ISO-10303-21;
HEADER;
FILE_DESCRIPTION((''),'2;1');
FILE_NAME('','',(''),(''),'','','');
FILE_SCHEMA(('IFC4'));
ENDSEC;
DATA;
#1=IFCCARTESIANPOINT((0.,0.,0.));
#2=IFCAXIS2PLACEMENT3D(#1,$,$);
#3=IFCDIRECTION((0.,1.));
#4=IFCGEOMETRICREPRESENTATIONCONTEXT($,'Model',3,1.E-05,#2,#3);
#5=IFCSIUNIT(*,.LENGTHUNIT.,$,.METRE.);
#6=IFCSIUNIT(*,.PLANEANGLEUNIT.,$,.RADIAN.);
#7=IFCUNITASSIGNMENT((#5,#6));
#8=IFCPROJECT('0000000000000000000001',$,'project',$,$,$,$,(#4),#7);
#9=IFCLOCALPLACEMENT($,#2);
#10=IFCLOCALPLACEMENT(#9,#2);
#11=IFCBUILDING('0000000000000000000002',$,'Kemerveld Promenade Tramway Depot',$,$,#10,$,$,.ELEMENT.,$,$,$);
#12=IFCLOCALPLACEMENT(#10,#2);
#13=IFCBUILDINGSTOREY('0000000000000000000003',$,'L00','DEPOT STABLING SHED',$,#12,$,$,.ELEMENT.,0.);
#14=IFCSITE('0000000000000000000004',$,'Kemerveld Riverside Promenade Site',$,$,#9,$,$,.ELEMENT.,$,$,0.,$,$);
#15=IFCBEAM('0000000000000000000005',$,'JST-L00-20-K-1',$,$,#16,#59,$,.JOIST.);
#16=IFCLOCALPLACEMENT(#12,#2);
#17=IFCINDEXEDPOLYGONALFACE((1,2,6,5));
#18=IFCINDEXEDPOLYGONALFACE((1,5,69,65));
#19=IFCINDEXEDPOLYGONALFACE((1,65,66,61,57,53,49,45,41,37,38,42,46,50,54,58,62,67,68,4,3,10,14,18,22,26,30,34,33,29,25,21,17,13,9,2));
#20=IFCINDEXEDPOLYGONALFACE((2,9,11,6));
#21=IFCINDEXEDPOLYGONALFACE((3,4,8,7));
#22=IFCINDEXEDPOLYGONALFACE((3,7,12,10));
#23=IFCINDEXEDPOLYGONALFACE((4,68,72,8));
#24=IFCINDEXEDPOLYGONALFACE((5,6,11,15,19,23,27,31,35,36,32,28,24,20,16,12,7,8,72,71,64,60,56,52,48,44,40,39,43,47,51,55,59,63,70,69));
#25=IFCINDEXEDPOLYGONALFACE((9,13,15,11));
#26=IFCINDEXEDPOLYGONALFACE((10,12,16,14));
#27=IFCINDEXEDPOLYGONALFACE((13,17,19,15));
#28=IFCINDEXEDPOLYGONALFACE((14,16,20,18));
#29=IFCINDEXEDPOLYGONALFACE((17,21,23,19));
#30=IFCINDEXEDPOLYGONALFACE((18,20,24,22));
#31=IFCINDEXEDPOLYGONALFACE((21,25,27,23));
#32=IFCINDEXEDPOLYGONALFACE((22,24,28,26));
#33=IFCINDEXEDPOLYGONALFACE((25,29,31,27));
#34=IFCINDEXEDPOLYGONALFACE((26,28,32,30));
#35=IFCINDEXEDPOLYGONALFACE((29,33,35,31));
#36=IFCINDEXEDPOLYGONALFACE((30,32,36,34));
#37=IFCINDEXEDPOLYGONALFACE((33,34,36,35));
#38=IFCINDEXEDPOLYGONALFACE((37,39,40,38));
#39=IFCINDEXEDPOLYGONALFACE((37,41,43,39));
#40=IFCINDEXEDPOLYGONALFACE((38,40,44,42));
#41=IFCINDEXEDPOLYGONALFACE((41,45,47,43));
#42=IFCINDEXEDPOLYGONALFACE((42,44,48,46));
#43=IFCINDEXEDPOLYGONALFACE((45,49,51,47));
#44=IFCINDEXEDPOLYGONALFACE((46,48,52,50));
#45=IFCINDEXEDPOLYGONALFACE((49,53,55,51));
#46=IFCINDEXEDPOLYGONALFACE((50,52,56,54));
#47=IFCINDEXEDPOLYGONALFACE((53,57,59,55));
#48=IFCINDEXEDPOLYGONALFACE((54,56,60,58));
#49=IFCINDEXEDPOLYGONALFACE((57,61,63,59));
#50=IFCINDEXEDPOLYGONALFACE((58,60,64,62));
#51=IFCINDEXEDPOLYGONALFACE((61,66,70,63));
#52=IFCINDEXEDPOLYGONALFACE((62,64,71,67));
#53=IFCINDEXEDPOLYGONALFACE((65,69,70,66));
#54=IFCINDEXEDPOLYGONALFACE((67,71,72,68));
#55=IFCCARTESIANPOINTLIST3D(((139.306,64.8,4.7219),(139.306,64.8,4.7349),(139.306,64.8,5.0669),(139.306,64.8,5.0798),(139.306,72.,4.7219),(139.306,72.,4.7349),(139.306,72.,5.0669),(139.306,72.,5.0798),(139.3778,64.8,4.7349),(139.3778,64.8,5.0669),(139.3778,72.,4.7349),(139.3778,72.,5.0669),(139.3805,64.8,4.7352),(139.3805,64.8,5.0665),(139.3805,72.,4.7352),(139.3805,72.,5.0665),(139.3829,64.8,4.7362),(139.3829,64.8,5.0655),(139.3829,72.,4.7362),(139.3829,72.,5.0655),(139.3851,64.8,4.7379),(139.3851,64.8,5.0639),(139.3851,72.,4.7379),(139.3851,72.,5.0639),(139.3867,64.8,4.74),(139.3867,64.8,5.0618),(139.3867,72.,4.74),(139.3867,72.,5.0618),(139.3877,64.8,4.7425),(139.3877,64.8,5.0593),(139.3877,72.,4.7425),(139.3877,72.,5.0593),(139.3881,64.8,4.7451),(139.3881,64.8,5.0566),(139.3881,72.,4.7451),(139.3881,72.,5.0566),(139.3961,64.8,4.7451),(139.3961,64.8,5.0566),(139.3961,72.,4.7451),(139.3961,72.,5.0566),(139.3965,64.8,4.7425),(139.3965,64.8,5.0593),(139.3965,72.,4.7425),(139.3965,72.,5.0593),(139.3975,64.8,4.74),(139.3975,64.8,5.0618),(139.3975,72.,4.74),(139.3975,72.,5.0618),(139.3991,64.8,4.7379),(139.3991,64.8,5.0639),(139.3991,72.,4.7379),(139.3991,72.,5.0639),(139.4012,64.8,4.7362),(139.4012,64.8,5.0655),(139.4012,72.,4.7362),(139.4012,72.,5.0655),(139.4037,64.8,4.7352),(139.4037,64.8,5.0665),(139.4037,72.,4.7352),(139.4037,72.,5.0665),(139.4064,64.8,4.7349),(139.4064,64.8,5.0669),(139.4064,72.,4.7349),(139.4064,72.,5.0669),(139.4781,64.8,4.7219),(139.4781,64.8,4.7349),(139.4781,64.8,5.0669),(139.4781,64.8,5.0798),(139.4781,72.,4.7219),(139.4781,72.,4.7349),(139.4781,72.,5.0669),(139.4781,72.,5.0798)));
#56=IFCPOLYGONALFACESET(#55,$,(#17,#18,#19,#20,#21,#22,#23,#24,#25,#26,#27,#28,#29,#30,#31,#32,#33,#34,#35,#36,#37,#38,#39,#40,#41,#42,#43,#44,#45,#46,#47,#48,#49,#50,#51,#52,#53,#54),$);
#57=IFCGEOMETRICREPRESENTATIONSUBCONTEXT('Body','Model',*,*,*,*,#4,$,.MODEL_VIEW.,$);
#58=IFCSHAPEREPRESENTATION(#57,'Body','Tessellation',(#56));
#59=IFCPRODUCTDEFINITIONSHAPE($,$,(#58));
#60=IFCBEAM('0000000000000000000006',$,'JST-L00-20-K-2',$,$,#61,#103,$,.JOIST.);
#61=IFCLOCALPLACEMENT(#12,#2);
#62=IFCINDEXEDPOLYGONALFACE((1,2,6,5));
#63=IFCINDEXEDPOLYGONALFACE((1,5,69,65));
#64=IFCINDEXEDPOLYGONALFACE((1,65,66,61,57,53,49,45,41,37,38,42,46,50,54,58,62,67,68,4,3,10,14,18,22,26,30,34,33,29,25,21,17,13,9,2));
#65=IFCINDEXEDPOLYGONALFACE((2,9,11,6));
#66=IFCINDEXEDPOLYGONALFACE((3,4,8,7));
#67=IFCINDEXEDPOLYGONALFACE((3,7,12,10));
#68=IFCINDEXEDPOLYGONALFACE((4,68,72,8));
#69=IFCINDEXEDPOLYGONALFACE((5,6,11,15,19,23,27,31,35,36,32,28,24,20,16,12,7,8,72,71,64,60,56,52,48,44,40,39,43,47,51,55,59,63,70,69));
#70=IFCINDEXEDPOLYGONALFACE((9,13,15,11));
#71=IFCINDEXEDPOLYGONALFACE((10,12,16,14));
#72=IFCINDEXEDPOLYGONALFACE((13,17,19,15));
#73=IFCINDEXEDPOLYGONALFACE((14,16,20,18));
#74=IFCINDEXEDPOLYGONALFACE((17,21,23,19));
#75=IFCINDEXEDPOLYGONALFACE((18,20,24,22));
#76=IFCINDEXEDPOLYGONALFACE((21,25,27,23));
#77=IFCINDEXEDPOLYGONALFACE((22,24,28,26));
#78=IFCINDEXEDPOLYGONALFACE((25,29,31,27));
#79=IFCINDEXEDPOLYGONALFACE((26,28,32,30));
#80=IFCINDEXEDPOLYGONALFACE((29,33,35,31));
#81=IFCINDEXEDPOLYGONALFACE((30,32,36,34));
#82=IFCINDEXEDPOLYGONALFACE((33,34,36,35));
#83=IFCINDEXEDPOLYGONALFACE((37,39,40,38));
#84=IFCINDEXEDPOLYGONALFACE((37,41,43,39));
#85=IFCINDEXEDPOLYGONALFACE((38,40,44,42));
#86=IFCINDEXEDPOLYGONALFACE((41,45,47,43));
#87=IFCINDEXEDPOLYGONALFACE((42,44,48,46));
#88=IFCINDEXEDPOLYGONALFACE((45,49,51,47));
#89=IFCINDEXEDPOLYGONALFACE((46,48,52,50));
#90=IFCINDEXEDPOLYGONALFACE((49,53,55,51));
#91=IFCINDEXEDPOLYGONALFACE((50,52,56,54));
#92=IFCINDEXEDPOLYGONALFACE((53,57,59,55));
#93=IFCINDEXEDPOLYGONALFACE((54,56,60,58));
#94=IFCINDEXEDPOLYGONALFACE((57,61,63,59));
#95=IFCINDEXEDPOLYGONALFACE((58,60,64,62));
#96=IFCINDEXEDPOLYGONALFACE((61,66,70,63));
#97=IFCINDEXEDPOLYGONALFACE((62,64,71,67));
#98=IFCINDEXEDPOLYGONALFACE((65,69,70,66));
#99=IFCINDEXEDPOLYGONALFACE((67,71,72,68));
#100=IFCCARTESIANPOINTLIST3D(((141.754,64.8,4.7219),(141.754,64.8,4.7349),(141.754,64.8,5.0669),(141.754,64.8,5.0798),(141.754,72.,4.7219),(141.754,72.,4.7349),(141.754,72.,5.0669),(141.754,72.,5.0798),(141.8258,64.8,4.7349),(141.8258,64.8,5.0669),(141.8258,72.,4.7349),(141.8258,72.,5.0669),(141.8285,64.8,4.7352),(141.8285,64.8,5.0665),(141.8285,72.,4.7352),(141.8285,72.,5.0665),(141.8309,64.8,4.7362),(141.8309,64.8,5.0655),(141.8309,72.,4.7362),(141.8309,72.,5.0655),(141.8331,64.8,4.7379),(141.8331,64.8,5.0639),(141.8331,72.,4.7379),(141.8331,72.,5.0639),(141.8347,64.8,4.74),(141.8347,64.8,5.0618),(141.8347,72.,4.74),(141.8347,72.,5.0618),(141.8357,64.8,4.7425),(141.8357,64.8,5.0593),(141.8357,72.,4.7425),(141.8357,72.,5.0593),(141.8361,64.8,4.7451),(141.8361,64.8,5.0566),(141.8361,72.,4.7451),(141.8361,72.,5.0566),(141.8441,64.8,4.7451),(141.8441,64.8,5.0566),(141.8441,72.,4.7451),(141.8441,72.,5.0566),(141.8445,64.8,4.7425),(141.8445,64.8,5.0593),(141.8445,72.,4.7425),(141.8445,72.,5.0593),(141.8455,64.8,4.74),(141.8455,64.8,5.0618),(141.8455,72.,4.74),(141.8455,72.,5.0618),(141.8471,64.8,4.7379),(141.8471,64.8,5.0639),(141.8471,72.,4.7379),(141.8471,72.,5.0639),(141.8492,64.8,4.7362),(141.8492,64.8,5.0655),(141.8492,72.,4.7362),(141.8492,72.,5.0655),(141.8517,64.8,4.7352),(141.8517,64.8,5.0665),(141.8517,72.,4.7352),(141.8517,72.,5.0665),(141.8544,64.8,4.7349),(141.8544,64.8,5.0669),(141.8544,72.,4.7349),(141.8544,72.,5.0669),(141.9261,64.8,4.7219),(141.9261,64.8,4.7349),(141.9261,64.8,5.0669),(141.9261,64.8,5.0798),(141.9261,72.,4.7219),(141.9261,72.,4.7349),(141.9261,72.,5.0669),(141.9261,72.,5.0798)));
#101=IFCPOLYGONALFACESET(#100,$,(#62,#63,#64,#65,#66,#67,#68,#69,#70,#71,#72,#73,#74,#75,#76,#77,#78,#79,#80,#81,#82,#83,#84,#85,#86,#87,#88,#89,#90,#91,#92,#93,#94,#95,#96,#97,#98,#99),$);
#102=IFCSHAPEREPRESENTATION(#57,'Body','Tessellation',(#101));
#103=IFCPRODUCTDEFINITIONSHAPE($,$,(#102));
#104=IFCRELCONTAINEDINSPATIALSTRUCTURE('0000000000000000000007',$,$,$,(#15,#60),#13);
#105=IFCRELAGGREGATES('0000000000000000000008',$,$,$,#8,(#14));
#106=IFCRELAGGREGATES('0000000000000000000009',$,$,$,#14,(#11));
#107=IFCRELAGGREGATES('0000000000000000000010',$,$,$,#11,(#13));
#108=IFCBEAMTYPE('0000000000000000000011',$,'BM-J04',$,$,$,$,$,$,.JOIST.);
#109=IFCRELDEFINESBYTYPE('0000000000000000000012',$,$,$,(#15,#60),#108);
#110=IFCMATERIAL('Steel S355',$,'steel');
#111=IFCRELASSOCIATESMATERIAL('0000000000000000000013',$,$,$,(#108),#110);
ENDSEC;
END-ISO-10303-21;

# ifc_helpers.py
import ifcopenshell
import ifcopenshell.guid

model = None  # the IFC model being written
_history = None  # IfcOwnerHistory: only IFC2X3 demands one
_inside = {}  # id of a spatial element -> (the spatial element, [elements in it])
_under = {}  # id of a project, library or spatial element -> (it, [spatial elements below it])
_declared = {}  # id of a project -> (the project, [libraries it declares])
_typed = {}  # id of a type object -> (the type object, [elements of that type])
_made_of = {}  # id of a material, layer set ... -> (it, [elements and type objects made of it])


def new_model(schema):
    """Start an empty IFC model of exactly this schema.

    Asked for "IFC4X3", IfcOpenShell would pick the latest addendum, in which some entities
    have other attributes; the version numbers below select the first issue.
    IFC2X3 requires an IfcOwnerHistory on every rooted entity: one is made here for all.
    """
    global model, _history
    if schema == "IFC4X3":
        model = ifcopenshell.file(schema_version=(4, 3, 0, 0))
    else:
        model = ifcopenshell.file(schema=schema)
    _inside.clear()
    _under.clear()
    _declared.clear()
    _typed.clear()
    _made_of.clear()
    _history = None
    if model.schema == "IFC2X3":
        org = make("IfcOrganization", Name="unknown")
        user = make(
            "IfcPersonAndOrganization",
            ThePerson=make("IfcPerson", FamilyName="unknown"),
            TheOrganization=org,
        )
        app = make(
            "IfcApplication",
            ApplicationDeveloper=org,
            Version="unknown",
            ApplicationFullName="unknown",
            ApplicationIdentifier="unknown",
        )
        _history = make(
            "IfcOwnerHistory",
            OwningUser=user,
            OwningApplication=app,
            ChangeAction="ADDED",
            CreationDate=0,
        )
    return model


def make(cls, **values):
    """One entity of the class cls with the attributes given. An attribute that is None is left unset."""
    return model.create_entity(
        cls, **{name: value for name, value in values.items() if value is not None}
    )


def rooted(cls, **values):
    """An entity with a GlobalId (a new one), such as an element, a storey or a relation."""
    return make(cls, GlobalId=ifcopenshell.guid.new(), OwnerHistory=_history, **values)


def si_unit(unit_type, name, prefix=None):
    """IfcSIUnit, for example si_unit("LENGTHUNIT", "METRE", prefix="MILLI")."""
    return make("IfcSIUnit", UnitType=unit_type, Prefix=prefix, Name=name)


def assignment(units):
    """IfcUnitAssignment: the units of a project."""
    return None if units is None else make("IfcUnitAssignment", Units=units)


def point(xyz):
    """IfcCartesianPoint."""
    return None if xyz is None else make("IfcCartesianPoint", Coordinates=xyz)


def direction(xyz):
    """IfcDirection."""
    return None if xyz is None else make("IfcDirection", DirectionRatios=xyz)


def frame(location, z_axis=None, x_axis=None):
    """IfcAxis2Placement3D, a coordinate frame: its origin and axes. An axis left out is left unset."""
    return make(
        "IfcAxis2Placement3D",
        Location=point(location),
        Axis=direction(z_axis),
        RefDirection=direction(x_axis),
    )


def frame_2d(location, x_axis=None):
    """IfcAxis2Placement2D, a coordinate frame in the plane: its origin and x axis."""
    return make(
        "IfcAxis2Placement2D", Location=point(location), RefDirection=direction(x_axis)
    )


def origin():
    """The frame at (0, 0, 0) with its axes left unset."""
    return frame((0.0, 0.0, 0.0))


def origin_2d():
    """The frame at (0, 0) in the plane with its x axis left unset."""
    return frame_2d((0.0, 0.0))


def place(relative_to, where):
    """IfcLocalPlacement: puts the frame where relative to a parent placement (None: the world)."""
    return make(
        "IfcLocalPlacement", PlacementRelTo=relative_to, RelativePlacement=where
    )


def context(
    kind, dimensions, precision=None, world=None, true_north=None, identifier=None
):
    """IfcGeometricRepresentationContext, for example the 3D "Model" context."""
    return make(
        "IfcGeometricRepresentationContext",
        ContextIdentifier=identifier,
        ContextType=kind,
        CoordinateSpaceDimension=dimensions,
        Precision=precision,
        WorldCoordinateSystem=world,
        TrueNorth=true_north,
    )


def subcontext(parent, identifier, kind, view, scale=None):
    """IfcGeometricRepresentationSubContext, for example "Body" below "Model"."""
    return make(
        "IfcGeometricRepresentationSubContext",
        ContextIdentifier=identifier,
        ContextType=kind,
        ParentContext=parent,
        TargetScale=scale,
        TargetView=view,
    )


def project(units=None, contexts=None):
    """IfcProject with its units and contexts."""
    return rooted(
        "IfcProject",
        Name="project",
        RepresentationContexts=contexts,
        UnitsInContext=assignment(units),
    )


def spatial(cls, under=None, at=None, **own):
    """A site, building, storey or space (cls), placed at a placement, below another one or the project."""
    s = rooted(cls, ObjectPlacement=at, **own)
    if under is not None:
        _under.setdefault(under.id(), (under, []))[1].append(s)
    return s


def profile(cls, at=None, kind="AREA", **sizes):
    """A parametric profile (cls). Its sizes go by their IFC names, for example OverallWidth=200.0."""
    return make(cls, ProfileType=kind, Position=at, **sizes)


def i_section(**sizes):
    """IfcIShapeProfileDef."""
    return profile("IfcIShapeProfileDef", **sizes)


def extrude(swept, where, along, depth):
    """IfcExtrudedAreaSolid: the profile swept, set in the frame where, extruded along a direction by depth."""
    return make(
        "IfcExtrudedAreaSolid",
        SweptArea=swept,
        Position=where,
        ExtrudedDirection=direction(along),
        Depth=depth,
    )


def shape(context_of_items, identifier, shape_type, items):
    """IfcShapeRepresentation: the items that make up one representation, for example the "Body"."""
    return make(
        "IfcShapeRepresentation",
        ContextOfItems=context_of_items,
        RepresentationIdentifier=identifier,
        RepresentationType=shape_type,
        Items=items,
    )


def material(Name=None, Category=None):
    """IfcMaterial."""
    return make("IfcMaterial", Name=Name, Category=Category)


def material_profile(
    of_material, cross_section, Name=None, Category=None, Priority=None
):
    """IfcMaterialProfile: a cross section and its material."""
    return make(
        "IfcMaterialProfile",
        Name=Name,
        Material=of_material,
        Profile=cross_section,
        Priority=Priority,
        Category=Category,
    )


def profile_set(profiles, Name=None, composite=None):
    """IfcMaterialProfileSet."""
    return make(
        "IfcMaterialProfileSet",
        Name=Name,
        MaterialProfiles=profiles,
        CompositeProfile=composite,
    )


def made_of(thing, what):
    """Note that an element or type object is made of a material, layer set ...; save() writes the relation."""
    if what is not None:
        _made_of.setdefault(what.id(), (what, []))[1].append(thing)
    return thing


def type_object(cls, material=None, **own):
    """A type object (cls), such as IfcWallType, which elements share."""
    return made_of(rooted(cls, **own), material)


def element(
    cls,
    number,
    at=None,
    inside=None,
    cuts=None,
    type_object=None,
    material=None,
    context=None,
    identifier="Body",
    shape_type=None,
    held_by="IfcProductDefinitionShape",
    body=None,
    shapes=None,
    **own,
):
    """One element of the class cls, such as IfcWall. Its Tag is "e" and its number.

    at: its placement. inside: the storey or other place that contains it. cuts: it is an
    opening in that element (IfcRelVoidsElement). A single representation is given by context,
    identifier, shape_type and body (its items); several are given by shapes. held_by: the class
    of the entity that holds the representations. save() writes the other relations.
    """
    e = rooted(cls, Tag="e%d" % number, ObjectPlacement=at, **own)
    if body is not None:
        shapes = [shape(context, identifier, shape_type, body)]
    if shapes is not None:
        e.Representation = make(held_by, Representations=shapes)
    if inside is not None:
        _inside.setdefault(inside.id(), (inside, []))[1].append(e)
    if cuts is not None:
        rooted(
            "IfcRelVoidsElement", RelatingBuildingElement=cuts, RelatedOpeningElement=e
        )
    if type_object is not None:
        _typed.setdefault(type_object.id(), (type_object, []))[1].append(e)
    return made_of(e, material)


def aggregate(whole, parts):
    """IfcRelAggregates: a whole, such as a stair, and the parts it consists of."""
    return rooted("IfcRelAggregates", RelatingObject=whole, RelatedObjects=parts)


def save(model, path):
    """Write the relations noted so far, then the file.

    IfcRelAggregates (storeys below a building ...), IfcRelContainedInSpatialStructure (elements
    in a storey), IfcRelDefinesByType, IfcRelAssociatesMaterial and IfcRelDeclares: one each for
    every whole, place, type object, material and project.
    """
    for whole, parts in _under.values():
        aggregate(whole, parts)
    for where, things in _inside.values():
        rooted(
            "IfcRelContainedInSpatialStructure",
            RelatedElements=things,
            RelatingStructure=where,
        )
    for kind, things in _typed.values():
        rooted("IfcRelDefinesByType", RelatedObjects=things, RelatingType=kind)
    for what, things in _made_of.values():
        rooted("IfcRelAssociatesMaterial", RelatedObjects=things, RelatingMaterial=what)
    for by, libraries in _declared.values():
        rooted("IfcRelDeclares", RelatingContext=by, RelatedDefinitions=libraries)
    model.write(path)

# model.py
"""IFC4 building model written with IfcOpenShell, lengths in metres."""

from ifc_helpers import new_model, si_unit, direction, frame, origin, origin_2d, place, context, subcontext, project, spatial, i_section, extrude, material, material_profile, profile_set, type_object, element, save


model = new_model("IFC4")

# Units and contexts
model_context = context("Model", 3, precision=1e-05, world=origin(), true_north=direction((0.0, 1.0)))
body_context = subcontext(model_context, "Body", "Model", "MODEL_VIEW")
ifc_project = project(units=[si_unit("LENGTHUNIT", "METRE"), si_unit("PLANEANGLEUNIT", "RADIAN")], contexts=[model_context])

# Site, building, storey
site_placement = place(None, origin())
site = spatial("IfcSite", under=ifc_project, at=site_placement, Name="Kemerveld Riverside Promenade Site", CompositionType="ELEMENT", RefElevation=0.0)
building_placement = place(site_placement, origin())
building = spatial("IfcBuilding", under=site, at=building_placement, Name="Kemerveld Promenade Tramway Depot", CompositionType="ELEMENT")
storey_placement = place(building_placement, origin())
storey = spatial("IfcBuildingStorey", under=building, at=storey_placement, Name="L00", Description="DEPOT STABLING SHED", CompositionType="ELEMENT", Elevation=0.0)

# Beams
ifc_material_1 = material(Name="Steel S355", Category="steel")
ifc_material_profile_1 = material_profile(ifc_material_1, i_section(OverallWidth=0.1721, OverallDepth=0.3579, WebThickness=0.0081, FlangeThickness=0.0129, FilletRadius=0.0103, at=origin_2d()), Name="356x171x57 UB")
ifc_profile_set_1 = profile_set([ifc_material_profile_1], Name="Steel S355")
beam_type_1 = type_object("IfcBeamType", Name="BM-J04", PredefinedType="JOIST", material=ifc_profile_set_1)
for number, where, z_axis, x_axis, name in (
    (1, (139.3921, 64.8, 4.9009), (0.0, 1.0, 0.0), (-1.0, 0.0, 0.0), "JST-L00-20-K-1"),
    (2, (141.8401, 64.8, 4.9009), (0.0, 1.0, 0.0), (-1.0, 0.0, 0.0), "JST-L00-20-K-2"),
):
    element("IfcBeam", number, at=place(storey_placement, frame(where, z_axis=z_axis, x_axis=x_axis)), inside=storey, type_object=beam_type_1, Name=name, PredefinedType="JOIST", context=body_context, shape_type="SweptSolid", body=[
        extrude(i_section(OverallWidth=0.1721, OverallDepth=0.3579, WebThickness=0.0081, FlangeThickness=0.0129, FilletRadius=0.0103, at=origin_2d()), origin(), (0.0, 0.0, 1.0), 7.2),
    ])

save(model, "model.ifc")
